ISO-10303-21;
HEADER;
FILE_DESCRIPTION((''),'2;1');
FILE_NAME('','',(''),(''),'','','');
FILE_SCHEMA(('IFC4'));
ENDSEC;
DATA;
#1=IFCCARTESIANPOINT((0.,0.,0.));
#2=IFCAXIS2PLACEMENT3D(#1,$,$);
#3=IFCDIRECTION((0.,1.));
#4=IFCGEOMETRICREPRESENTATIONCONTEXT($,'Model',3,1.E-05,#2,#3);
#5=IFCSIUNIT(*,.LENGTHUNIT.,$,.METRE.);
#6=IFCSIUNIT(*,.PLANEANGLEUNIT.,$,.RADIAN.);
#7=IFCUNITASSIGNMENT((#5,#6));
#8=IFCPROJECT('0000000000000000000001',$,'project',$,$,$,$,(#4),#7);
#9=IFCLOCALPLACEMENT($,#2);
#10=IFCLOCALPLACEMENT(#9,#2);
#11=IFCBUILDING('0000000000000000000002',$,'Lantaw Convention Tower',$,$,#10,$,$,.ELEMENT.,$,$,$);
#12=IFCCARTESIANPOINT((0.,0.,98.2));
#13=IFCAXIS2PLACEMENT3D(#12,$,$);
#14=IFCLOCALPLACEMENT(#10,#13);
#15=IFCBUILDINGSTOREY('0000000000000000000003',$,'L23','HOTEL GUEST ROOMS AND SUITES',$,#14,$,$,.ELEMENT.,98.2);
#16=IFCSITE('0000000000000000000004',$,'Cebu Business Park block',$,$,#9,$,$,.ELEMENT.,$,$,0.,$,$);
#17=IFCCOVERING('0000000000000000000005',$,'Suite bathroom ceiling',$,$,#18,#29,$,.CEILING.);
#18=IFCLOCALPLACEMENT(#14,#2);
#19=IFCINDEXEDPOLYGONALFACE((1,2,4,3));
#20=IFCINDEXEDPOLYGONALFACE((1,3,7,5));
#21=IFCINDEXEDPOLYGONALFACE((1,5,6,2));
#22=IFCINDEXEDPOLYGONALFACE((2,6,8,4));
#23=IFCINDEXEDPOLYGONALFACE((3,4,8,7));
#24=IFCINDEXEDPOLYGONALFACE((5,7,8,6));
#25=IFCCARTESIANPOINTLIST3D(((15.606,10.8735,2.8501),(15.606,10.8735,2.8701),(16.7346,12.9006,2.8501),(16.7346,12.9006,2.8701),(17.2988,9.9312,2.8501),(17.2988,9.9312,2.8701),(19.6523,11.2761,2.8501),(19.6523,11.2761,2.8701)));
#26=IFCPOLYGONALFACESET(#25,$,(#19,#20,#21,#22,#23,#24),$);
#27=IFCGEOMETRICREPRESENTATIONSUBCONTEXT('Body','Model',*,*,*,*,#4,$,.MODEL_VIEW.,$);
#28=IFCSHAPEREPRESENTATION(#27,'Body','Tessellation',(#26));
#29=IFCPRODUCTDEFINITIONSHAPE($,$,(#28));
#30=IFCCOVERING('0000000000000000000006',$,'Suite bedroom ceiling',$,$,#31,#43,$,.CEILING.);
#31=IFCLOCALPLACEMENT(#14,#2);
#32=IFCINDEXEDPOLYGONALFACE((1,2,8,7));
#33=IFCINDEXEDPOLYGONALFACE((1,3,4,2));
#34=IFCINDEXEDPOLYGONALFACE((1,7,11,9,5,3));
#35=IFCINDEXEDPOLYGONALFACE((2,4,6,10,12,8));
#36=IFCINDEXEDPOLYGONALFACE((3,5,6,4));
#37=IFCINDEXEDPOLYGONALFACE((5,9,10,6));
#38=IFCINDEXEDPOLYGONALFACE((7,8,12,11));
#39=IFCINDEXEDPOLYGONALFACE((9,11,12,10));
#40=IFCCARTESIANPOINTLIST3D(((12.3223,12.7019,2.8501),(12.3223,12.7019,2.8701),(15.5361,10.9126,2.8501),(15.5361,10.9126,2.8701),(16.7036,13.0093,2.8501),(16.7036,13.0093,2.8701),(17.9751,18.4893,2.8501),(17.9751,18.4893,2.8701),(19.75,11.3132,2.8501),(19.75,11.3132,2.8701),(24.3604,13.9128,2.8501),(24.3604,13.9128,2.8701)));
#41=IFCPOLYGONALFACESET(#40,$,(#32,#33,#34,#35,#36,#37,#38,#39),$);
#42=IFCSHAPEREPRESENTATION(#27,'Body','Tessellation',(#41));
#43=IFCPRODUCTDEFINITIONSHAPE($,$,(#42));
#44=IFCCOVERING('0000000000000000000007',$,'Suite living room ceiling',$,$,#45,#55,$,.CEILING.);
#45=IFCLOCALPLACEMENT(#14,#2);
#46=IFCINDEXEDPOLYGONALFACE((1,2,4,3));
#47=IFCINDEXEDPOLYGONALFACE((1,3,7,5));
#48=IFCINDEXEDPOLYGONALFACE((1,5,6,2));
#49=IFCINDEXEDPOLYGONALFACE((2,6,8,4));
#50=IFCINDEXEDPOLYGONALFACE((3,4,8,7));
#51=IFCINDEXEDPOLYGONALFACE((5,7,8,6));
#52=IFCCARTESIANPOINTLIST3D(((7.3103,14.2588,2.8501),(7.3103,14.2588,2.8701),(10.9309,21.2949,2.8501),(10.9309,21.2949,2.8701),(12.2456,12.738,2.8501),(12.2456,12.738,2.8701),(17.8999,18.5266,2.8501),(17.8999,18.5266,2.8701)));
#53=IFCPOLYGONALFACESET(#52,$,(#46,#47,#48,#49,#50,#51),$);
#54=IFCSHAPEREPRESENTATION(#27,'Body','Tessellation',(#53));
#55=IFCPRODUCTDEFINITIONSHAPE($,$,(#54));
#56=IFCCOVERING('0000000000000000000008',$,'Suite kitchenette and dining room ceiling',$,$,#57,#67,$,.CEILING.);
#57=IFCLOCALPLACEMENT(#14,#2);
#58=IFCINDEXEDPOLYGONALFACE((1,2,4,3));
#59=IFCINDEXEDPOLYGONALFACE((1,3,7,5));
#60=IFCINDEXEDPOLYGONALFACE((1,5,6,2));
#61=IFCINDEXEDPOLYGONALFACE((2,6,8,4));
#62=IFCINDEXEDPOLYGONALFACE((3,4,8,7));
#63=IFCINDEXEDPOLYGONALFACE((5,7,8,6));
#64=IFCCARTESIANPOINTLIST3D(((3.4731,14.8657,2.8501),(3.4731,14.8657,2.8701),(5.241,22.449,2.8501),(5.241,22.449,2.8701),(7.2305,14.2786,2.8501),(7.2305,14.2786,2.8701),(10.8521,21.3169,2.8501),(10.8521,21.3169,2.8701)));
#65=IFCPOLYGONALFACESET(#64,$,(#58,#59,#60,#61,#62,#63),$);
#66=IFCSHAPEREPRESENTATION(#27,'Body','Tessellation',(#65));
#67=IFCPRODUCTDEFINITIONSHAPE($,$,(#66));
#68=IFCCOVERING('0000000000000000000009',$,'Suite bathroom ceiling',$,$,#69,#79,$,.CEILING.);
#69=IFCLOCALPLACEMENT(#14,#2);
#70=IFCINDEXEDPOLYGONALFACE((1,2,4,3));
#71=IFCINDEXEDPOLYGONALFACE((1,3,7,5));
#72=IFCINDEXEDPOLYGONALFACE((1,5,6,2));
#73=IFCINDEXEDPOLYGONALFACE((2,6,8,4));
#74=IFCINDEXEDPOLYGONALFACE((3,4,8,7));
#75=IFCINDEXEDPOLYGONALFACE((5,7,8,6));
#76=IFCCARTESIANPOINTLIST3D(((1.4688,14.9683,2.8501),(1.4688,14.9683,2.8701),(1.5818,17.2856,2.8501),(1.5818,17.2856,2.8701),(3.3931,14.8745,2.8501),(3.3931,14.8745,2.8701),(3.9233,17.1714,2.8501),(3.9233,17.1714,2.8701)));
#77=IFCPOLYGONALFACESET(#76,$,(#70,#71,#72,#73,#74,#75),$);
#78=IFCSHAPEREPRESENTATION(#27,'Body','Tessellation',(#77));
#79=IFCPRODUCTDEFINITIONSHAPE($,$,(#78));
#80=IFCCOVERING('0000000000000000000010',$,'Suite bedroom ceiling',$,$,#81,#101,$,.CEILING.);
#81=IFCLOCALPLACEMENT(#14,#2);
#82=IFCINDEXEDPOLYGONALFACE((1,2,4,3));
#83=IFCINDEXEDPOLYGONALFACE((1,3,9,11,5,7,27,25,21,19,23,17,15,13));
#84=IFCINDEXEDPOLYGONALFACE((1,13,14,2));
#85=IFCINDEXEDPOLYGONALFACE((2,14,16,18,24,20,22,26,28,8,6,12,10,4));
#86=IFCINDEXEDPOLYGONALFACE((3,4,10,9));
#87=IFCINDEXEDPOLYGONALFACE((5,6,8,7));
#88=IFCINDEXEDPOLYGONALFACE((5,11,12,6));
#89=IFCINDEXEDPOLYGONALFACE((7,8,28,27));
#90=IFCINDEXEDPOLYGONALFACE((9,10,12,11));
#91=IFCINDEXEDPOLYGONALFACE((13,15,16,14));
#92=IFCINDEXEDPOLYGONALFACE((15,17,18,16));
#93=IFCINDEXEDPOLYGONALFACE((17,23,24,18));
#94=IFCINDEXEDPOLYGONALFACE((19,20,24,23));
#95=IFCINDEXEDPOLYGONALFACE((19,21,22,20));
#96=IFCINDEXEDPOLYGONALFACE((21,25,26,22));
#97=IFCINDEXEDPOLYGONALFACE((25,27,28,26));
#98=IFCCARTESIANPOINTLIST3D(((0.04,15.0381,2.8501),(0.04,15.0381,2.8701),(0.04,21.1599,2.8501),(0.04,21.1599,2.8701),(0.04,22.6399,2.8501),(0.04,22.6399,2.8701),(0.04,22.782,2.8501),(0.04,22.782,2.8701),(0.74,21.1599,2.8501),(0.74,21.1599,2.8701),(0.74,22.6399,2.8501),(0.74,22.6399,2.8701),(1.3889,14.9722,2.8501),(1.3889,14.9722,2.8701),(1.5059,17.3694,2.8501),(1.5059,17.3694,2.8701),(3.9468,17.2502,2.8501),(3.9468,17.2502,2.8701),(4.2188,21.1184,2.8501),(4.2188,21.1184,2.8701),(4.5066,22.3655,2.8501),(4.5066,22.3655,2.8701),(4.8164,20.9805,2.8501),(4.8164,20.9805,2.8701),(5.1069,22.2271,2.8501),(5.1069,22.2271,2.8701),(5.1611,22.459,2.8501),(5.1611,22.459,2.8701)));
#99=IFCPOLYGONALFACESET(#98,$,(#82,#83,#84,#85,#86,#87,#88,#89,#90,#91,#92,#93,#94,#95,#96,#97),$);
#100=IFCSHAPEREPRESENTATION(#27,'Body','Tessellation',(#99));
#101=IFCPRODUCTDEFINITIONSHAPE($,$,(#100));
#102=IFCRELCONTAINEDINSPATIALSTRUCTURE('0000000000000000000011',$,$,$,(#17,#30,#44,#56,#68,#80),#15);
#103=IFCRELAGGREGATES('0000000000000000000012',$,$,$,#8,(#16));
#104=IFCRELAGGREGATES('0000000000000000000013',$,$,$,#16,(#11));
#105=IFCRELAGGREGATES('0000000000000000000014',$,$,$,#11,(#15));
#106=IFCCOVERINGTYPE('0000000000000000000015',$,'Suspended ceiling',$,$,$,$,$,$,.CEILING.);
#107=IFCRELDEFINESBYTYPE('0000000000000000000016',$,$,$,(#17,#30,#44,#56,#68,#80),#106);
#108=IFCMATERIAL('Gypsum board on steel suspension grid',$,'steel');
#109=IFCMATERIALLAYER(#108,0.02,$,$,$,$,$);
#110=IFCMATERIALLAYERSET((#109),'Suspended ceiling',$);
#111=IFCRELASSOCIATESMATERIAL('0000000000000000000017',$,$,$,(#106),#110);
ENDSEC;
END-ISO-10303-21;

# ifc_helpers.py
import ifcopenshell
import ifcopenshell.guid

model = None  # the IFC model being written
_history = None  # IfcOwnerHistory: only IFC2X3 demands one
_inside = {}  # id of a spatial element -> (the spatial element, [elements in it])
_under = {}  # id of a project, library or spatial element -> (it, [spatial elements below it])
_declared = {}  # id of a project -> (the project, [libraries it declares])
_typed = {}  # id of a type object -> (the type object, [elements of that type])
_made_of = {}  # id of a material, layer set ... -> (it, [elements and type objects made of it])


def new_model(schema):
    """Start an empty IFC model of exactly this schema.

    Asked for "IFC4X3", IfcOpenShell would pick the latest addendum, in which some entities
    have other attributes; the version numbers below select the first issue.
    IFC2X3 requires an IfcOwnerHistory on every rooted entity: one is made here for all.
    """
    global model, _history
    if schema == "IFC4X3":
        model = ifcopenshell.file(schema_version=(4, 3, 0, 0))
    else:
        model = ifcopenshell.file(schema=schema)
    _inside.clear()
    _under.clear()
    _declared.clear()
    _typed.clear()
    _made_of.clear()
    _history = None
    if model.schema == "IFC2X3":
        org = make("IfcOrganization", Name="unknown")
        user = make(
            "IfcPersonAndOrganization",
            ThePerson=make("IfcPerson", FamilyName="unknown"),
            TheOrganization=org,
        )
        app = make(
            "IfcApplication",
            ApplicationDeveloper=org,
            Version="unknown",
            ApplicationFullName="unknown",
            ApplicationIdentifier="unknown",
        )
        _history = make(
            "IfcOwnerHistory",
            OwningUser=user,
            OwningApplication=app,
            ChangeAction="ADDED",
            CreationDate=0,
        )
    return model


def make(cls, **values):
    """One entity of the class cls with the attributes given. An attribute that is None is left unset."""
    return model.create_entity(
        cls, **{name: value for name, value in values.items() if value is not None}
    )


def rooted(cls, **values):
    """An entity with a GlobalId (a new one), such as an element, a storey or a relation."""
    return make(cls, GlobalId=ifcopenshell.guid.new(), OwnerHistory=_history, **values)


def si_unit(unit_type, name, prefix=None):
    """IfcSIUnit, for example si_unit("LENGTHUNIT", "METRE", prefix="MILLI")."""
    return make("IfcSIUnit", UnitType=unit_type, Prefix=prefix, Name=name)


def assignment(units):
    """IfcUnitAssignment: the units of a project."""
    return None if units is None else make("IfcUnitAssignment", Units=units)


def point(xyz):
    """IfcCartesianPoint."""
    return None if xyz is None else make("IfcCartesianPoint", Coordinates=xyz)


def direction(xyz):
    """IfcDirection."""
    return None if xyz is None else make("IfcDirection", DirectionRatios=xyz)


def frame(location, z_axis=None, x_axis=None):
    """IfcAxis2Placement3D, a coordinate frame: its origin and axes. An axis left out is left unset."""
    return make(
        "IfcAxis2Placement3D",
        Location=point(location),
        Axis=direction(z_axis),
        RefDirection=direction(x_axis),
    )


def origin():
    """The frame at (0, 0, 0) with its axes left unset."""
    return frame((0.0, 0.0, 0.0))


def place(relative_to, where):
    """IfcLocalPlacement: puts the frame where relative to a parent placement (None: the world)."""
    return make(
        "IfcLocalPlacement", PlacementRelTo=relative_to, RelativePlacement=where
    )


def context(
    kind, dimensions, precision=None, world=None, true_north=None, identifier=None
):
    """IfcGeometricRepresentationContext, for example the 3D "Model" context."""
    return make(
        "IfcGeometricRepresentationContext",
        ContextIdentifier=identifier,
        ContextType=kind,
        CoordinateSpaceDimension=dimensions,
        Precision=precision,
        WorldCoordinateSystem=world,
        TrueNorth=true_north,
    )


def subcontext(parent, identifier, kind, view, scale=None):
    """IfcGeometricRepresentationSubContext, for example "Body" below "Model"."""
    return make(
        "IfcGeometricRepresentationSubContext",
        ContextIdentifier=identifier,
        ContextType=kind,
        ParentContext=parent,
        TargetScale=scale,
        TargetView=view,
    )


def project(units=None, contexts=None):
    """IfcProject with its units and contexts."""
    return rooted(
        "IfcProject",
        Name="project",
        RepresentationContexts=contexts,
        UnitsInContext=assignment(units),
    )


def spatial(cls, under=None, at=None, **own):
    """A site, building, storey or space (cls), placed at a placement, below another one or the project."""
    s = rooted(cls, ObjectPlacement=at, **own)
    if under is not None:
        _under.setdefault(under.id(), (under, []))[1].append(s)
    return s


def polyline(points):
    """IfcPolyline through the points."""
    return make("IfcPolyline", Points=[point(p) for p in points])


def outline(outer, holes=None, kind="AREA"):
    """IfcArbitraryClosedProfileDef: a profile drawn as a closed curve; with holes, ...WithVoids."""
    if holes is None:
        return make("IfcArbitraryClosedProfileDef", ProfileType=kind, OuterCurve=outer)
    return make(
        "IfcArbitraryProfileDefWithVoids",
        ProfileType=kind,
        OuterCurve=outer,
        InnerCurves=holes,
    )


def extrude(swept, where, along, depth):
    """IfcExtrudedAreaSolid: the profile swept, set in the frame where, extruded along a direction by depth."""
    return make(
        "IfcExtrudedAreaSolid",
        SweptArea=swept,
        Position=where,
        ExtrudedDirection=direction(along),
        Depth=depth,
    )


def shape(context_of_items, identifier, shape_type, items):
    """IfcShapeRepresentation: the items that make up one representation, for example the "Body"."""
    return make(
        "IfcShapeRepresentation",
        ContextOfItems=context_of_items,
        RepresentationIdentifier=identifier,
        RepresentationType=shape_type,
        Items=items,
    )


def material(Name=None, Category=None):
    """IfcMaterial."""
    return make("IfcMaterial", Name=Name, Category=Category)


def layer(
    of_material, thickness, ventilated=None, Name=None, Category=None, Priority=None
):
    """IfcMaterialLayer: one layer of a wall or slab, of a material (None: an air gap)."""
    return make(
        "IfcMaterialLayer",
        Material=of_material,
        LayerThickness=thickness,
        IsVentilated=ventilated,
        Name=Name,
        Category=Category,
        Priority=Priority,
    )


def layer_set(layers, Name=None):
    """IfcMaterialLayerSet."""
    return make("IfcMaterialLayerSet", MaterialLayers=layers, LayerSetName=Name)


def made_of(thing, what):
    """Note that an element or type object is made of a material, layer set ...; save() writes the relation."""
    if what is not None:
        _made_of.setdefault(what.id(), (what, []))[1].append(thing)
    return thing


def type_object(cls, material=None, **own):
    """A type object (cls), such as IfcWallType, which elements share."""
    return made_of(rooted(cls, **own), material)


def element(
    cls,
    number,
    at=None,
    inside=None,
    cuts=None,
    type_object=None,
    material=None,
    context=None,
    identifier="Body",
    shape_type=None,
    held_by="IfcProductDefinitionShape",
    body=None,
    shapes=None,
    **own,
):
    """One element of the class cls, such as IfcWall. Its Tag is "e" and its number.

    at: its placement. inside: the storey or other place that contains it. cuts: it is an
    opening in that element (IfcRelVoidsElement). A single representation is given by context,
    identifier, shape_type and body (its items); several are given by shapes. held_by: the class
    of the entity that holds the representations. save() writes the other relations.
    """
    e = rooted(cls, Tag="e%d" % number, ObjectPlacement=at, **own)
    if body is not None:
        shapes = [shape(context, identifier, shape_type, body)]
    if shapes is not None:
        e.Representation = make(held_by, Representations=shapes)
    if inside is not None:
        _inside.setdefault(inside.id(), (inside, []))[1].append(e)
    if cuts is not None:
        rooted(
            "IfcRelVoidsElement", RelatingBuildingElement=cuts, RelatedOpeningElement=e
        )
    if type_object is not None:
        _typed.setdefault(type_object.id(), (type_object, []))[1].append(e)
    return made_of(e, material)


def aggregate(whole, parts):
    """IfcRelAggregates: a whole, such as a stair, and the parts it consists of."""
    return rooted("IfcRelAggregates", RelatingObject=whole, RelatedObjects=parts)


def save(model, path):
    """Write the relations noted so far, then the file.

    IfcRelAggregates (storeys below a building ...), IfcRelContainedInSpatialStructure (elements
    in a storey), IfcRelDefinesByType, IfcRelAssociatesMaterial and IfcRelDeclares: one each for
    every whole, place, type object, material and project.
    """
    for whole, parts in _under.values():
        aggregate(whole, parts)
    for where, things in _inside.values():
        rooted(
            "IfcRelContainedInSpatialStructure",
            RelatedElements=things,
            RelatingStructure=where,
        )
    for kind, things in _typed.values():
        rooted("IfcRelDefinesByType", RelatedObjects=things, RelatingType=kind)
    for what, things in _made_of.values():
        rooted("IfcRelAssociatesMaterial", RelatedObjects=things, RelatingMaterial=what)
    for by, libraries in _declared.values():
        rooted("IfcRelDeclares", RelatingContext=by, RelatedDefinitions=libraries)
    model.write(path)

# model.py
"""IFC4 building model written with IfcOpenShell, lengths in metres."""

from ifc_helpers import new_model, si_unit, direction, frame, origin, place, context, subcontext, project, spatial, polyline, outline, extrude, material, layer, layer_set, type_object, element, save


model = new_model("IFC4")

# Units and contexts
model_context = context("Model", 3, precision=1e-05, world=origin(), true_north=direction((0.0, 1.0)))
body_context = subcontext(model_context, "Body", "Model", "MODEL_VIEW")
ifc_project = project(units=[si_unit("LENGTHUNIT", "METRE"), si_unit("PLANEANGLEUNIT", "RADIAN")], contexts=[model_context])

# Site, building, storey
site_placement = place(None, origin())
site = spatial("IfcSite", under=ifc_project, at=site_placement, Name="Cebu Business Park block", CompositionType="ELEMENT", RefElevation=0.0)
building_placement = place(site_placement, origin())
building = spatial("IfcBuilding", under=site, at=building_placement, Name="Lantaw Convention Tower", CompositionType="ELEMENT")
storey_placement = place(building_placement, frame((0.0, 0.0, 98.2)))
storey = spatial("IfcBuildingStorey", under=building, at=storey_placement, Name="L23", Description="HOTEL GUEST ROOMS AND SUITES", CompositionType="ELEMENT", Elevation=98.2)

# Coverings
ifc_material_1 = material(Name="Gypsum board on steel suspension grid", Category="steel")
ifc_layer_1 = layer(ifc_material_1, 0.02)
ifc_layer_set_1 = layer_set([ifc_layer_1], Name="Suspended ceiling")
covering_type = type_object("IfcCoveringType", Name="Suspended ceiling", PredefinedType="CEILING", material=ifc_layer_set_1)
covering_1_placement = place(storey_placement, frame((0.0, 0.0, 2.8501)))
element("IfcCovering", 1, at=covering_1_placement, inside=storey, type_object=covering_type, Name="Suite bathroom ceiling", PredefinedType="CEILING", context=body_context, shape_type="SweptSolid", body=[
    extrude(outline(polyline([(17.2988, 9.9312), (19.6523, 11.2761), (16.7346, 12.9006), (15.606, 10.8735), (17.2988, 9.9312)])), origin(), (0.0, 0.0, 1.0), 0.02),
])
covering_2_placement = place(storey_placement, frame((0.0, 0.0, 2.8501)))
element("IfcCovering", 2, at=covering_2_placement, inside=storey, type_object=covering_type, Name="Suite bedroom ceiling", PredefinedType="CEILING", context=body_context, shape_type="SweptSolid", body=[
    extrude(outline(polyline([(12.3223, 12.7019), (15.5361, 10.9126), (16.7036, 13.0093), (19.75, 11.3132), (24.3604, 13.9128), (17.9751, 18.4893), (12.3223, 12.7019)])), origin(), (0.0, 0.0, 1.0), 0.02),
])
covering_3_placement = place(storey_placement, frame((0.0, 0.0, 2.8501)))
element("IfcCovering", 3, at=covering_3_placement, inside=storey, type_object=covering_type, Name="Suite living room ceiling", PredefinedType="CEILING", context=body_context, shape_type="SweptSolid", body=[
    extrude(outline(polyline([(12.2456, 12.738), (17.8999, 18.5266), (10.9309, 21.2949), (7.3103, 14.2588), (12.2456, 12.738)])), origin(), (0.0, 0.0, 1.0), 0.02),
])
covering_4_placement = place(storey_placement, frame((0.0, 0.0, 2.8501)))
element("IfcCovering", 4, at=covering_4_placement, inside=storey, type_object=covering_type, Name="Suite kitchenette and dining room ceiling", PredefinedType="CEILING", context=body_context, shape_type="SweptSolid", body=[
    extrude(outline(polyline([(7.2305, 14.2786), (10.8521, 21.3169), (5.241, 22.449), (3.4731, 14.8657), (7.2305, 14.2786)])), origin(), (0.0, 0.0, 1.0), 0.02),
])
covering_5_placement = place(storey_placement, frame((0.0, 0.0, 2.8501)))
element("IfcCovering", 5, at=covering_5_placement, inside=storey, type_object=covering_type, Name="Suite bathroom ceiling", PredefinedType="CEILING", context=body_context, shape_type="SweptSolid", body=[
    extrude(outline(polyline([(3.3931, 14.8745), (3.9233, 17.1714), (1.5818, 17.2856), (1.4688, 14.9683), (3.3931, 14.8745)])), origin(), (0.0, 0.0, 1.0), 0.02),
])
covering_6_placement = place(storey_placement, frame((0.0, 0.0, 2.8501)))
element("IfcCovering", 6, at=covering_6_placement, inside=storey, type_object=covering_type, Name="Suite bedroom ceiling", PredefinedType="CEILING", context=body_context, shape_type="SweptSolid", body=[
    extrude(outline(polyline([(0.04, 21.1599), (0.04, 15.0381), (1.3889, 14.9722), (1.5059, 17.3694), (3.9468, 17.2502), (4.8164, 20.9805), (4.2188, 21.1184), (4.5066, 22.3655), (5.1069, 22.2271), (5.1611, 22.459), (0.04, 22.782), (0.04, 22.6399), (0.74, 22.6399), (0.74, 21.1599), (0.04, 21.1599)])), origin(), (0.0, 0.0, 1.0), 0.02),
])

save(model, "model.ifc")
